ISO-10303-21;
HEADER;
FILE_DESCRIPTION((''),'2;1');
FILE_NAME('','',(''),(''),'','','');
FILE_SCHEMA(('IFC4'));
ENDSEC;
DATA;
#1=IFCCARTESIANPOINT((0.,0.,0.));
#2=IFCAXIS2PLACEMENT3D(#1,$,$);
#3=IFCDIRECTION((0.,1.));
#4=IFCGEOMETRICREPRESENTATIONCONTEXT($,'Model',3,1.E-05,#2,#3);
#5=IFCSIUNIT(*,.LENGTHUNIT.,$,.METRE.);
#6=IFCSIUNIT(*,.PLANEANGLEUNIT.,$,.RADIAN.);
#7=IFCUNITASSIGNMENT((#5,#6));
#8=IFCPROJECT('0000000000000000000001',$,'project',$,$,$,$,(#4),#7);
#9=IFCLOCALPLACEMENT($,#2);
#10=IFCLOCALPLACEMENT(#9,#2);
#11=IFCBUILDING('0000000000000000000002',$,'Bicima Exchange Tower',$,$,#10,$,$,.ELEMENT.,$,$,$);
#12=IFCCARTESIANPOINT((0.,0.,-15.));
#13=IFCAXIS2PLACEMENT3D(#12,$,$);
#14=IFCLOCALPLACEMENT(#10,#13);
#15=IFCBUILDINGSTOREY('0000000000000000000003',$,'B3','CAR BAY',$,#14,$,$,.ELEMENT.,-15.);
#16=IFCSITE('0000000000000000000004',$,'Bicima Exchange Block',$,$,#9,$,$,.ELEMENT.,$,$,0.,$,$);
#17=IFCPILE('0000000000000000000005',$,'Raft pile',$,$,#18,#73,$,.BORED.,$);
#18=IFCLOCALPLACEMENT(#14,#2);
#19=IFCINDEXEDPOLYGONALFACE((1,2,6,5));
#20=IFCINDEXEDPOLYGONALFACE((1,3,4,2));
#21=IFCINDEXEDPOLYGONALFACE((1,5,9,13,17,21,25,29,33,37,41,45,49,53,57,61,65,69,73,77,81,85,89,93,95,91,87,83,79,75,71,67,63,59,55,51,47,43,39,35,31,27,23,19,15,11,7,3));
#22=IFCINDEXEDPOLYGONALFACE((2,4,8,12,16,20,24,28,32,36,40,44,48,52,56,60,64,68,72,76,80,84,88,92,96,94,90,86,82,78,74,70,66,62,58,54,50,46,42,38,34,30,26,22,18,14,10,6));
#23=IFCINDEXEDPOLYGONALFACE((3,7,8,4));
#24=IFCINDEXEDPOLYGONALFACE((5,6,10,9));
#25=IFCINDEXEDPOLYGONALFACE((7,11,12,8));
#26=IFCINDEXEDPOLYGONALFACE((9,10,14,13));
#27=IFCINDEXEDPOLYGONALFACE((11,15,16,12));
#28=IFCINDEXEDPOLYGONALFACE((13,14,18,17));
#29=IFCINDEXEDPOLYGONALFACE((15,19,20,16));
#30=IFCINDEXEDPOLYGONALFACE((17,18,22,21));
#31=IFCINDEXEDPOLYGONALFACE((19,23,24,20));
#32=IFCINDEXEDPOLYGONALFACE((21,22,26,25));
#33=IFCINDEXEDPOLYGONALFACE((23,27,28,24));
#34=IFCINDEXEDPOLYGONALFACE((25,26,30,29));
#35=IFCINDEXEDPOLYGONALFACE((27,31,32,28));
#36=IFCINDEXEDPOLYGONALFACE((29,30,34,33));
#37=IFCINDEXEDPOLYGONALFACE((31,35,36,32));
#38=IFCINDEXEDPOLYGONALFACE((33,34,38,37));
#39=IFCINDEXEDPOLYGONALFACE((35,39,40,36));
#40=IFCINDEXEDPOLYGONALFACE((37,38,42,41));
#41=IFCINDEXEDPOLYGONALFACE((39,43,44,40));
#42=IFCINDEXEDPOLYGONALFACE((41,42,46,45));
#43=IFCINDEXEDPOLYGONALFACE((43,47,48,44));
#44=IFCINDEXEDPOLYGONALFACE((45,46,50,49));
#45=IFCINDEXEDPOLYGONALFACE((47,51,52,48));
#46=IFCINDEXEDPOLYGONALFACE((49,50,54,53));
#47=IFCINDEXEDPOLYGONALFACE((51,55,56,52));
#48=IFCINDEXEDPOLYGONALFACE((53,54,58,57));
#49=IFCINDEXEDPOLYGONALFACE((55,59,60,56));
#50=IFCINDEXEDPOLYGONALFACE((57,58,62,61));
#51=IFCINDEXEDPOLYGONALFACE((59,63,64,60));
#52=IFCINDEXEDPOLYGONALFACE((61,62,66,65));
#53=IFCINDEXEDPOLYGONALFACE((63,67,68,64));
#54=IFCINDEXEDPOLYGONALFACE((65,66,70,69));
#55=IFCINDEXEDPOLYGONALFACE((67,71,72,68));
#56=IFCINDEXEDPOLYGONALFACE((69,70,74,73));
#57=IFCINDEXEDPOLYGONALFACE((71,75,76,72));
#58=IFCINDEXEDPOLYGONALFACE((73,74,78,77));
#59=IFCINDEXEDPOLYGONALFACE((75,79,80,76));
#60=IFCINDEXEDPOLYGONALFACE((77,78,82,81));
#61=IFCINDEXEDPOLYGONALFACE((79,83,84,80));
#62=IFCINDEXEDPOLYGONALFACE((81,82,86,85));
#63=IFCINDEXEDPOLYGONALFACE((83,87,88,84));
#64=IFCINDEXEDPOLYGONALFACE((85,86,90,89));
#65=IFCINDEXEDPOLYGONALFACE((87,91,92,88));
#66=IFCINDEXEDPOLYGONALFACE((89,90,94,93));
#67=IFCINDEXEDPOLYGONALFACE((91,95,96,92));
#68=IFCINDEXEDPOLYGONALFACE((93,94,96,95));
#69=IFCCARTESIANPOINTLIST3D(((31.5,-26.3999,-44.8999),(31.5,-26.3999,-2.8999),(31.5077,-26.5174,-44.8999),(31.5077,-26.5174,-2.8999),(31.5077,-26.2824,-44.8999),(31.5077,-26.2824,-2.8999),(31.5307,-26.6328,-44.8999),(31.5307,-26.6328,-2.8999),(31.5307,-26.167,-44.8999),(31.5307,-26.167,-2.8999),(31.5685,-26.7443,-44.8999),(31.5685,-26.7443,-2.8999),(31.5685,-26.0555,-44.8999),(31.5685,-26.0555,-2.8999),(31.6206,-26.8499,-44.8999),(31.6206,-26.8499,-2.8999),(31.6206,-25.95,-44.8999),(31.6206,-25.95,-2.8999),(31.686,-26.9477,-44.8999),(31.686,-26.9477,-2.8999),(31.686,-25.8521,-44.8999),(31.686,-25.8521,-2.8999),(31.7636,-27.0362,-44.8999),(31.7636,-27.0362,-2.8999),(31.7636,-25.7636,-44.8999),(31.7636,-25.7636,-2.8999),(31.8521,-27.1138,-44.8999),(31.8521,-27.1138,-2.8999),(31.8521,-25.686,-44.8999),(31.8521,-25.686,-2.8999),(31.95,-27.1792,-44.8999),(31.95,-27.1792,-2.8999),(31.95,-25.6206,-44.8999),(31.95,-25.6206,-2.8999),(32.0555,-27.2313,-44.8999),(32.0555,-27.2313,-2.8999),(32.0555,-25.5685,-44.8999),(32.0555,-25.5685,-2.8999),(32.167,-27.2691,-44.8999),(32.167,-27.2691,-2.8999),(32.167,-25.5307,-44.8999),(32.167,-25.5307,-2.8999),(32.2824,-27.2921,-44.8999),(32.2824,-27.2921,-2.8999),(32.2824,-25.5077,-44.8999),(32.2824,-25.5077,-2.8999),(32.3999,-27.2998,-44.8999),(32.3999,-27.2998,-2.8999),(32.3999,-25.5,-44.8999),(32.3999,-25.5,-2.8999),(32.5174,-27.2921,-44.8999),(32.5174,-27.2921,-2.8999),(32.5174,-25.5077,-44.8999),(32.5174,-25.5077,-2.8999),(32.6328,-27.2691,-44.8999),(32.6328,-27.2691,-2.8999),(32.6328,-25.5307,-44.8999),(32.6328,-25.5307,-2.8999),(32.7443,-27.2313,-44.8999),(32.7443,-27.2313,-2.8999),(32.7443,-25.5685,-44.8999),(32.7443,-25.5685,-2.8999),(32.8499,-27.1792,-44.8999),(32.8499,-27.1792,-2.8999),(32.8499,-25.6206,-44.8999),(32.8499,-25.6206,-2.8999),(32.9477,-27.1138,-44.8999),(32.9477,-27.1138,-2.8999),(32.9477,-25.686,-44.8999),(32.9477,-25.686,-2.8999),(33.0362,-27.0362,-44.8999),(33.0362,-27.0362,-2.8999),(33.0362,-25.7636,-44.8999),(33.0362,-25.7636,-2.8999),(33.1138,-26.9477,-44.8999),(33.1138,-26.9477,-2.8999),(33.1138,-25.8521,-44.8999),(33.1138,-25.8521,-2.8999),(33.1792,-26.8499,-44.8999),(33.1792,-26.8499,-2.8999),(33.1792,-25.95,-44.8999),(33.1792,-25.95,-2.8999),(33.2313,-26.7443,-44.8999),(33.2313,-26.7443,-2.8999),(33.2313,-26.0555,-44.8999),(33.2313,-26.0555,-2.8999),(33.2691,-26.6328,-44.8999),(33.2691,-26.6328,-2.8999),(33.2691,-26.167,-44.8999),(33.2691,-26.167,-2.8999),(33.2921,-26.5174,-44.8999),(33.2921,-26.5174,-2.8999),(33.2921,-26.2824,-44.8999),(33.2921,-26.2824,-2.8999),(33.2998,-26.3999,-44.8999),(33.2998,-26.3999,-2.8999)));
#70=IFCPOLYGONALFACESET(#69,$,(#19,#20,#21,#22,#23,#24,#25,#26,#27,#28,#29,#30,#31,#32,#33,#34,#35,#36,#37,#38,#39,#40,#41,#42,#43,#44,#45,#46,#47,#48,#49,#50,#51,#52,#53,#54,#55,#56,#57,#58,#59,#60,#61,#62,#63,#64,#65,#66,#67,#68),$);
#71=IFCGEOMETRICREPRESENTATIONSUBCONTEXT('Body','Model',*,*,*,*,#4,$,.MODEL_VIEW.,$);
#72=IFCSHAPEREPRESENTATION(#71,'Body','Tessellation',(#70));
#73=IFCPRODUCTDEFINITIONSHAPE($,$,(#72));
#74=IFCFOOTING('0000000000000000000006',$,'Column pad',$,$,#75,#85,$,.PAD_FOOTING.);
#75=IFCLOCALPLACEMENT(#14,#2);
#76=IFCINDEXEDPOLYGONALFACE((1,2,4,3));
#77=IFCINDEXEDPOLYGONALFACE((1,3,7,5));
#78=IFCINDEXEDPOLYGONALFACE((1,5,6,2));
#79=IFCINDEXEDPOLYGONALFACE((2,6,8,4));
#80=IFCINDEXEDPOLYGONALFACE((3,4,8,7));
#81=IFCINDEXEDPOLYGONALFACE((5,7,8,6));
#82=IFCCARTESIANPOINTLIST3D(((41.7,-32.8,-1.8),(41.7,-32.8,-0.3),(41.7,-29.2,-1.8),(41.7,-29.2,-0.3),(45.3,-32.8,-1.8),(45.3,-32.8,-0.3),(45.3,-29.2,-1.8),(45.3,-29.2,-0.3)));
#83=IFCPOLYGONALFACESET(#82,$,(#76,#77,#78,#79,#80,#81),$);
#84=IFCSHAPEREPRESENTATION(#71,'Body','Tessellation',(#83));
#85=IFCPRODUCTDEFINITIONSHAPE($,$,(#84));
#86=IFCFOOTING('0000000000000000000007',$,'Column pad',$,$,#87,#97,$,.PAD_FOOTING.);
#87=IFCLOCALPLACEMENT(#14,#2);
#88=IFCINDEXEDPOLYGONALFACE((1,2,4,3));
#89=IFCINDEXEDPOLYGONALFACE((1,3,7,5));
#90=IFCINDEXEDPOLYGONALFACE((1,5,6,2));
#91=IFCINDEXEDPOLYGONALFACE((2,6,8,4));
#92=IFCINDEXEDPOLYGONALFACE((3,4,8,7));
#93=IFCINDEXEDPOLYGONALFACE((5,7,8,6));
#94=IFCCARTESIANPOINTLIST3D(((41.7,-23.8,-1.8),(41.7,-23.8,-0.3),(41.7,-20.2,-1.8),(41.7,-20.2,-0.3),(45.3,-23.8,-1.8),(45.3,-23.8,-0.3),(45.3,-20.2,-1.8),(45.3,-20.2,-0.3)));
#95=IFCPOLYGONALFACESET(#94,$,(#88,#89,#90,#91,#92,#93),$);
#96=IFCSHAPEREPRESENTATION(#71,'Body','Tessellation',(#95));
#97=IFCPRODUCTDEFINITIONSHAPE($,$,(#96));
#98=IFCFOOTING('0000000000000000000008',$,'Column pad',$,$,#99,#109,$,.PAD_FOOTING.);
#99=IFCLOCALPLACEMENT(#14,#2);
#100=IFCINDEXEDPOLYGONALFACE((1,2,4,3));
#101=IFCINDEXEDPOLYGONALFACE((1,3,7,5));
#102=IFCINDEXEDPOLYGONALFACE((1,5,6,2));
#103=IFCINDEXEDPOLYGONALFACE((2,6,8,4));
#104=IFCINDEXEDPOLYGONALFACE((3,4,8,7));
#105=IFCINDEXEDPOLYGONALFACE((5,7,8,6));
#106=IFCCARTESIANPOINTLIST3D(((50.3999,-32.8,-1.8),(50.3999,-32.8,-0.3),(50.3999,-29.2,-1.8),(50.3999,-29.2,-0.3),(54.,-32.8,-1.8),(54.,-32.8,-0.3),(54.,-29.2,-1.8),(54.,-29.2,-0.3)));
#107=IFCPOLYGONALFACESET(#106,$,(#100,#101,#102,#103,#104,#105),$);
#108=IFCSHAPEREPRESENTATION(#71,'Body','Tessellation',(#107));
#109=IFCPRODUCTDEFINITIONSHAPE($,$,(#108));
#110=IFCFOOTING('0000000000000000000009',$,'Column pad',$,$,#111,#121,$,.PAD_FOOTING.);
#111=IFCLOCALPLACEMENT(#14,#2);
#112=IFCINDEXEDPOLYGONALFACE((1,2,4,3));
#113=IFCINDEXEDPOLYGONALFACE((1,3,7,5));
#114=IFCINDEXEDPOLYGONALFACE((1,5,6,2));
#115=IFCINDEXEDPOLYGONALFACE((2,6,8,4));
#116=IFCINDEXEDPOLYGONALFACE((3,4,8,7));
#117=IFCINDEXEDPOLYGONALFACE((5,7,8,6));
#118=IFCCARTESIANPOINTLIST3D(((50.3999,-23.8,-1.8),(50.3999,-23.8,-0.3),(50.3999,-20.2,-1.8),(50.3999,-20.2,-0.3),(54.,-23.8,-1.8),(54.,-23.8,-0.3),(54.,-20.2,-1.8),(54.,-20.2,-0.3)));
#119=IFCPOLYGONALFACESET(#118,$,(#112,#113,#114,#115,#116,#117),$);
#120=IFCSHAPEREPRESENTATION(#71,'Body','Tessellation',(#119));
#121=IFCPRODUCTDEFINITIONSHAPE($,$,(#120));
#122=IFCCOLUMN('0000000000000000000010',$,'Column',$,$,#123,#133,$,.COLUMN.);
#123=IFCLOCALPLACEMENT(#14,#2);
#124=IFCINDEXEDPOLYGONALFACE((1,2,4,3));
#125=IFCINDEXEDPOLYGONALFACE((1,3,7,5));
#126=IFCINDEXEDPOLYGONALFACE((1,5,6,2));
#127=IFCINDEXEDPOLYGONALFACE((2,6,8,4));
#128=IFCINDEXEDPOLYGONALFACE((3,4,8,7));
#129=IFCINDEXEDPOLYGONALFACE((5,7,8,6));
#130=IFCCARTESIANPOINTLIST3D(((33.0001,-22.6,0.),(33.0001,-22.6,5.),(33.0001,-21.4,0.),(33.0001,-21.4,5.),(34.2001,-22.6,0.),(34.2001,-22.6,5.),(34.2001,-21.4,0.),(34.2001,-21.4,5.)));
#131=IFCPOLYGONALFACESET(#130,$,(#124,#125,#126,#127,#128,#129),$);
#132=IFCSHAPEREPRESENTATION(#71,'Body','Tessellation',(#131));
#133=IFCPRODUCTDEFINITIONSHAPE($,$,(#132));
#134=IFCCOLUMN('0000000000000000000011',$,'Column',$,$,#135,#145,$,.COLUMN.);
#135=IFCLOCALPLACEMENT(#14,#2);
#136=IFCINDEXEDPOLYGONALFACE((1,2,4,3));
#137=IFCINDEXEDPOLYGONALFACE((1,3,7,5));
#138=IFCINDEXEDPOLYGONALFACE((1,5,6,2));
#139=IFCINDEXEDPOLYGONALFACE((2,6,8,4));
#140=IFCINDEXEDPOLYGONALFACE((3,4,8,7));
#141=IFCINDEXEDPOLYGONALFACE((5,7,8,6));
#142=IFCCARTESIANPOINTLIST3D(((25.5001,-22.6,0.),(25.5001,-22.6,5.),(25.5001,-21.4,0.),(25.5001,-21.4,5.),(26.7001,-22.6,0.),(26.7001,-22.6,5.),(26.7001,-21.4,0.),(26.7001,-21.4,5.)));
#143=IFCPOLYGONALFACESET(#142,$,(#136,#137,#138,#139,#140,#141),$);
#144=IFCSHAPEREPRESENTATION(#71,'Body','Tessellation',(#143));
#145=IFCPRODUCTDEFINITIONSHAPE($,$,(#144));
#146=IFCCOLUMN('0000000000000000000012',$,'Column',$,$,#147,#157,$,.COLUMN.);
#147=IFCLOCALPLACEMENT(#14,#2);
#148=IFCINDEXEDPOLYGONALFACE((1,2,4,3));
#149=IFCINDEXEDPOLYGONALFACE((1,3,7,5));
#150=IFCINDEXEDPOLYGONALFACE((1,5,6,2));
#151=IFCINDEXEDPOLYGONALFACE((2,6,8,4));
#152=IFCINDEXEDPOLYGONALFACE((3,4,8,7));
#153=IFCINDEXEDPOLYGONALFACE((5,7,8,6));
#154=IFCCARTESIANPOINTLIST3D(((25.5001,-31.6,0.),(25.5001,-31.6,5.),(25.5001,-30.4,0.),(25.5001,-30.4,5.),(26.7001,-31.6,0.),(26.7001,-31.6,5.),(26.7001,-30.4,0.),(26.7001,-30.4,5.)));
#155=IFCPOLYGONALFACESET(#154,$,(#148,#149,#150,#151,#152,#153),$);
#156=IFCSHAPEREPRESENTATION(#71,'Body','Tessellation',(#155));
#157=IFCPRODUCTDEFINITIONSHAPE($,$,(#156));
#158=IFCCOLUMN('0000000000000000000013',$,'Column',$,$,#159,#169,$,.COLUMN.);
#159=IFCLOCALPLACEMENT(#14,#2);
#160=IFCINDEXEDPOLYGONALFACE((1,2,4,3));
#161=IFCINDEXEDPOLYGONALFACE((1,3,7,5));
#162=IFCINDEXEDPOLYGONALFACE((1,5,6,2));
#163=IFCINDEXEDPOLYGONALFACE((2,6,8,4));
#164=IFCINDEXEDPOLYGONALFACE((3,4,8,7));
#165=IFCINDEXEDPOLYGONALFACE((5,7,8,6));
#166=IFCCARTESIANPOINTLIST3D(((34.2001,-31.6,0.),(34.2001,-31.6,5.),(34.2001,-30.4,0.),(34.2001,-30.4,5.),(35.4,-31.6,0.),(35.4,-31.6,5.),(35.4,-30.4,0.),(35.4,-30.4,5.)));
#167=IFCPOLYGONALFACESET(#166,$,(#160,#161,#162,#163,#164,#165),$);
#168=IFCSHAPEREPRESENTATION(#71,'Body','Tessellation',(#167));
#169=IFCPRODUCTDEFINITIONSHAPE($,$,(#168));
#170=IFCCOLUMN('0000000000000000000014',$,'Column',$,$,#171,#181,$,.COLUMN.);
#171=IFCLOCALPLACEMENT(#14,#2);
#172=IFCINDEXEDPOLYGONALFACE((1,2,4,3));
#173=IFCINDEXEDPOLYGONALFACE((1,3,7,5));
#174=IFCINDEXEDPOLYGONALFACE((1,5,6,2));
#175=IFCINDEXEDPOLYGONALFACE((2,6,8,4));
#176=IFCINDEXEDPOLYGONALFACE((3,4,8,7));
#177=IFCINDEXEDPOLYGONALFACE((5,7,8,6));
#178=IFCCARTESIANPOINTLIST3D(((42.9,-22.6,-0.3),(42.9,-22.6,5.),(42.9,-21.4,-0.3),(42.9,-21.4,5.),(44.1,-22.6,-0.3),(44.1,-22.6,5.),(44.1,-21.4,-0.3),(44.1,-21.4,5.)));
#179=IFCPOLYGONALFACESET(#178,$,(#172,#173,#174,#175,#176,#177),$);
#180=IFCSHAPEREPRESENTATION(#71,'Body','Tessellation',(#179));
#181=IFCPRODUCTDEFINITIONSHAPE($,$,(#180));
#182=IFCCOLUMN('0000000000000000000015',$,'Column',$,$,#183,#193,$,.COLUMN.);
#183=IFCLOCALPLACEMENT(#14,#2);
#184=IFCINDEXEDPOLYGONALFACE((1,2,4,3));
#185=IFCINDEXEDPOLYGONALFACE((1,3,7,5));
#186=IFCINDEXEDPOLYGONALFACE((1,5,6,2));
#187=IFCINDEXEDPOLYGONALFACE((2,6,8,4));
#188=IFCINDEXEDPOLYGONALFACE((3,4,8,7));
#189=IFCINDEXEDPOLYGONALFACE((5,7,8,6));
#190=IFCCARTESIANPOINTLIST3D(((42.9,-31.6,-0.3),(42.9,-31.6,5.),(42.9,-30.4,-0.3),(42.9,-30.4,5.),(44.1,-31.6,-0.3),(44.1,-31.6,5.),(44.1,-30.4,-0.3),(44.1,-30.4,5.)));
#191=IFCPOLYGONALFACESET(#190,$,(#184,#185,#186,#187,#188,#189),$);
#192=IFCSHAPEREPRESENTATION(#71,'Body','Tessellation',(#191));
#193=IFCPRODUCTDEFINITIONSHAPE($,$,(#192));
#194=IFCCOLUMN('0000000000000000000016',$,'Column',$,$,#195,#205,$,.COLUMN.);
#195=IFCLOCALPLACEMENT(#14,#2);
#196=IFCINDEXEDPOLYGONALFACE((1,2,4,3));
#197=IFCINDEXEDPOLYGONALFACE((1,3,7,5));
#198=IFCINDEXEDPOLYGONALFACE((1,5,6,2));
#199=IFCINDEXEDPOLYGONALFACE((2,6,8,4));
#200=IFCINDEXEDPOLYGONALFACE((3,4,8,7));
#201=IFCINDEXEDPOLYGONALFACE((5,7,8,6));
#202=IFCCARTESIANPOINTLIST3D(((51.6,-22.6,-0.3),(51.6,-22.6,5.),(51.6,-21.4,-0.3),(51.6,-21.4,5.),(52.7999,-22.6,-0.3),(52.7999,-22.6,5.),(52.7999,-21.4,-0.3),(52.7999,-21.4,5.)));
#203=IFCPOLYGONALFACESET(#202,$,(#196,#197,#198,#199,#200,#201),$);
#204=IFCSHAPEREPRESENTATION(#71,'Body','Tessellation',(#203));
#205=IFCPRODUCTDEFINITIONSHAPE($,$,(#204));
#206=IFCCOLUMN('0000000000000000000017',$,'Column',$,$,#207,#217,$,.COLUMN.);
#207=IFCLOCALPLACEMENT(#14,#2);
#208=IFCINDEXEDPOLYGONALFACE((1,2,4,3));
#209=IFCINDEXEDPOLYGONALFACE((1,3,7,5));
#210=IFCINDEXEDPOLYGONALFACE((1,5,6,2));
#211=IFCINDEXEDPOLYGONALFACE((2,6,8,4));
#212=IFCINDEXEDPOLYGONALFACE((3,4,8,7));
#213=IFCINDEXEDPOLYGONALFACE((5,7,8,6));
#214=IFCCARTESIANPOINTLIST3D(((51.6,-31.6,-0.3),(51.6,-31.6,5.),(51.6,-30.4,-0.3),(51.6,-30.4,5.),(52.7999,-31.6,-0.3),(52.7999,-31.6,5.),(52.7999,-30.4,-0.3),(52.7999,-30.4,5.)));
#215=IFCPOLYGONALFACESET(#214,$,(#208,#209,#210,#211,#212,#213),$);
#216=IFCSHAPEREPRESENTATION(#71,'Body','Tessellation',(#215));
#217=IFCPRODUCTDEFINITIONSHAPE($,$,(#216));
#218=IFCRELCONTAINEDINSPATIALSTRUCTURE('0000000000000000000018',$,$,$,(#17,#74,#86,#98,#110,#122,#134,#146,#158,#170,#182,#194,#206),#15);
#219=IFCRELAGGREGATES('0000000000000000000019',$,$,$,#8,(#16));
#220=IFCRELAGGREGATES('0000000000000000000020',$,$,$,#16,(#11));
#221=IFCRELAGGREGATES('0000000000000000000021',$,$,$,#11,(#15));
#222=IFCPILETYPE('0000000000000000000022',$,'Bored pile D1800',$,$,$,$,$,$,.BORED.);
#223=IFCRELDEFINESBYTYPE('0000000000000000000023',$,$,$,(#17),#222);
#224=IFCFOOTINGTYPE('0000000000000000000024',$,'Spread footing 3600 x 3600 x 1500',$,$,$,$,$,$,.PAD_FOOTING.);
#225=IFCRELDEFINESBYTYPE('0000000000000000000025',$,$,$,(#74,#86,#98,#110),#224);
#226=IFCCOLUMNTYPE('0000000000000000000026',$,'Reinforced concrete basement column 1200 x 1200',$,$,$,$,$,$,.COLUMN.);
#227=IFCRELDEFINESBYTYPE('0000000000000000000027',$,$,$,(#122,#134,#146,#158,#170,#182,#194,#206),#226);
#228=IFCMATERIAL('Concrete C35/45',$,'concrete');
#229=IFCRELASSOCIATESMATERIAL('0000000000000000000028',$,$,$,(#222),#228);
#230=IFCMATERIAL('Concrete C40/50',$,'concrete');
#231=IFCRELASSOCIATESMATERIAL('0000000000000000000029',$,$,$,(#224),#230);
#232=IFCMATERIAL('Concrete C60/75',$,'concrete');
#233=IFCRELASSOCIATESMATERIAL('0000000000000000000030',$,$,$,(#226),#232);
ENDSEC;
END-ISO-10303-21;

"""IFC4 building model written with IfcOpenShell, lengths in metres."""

from ifc_helpers import new_model, si_unit, direction, frame, origin, origin_2d, place, context, subcontext, project, spatial, rectangle, circle, extrude, material, material_profile, profile_set, type_object, element, save


model = new_model("IFC4")

# Units and contexts
model_context = context("Model", 3, precision=1e-05, world=origin(), true_north=direction((0.0, 1.0)))
body_context = subcontext(model_context, "Body", "Model", "MODEL_VIEW")
ifc_project = project(units=[si_unit("LENGTHUNIT", "METRE"), si_unit("PLANEANGLEUNIT", "RADIAN")], contexts=[model_context])

# Site, building, storey
site_placement = place(None, origin())
site = spatial("IfcSite", under=ifc_project, at=site_placement, Name="Bicima Exchange Block", CompositionType="ELEMENT", RefElevation=0.0)
building_placement = place(site_placement, origin())
building = spatial("IfcBuilding", under=site, at=building_placement, Name="Bicima Exchange Tower", CompositionType="ELEMENT")
storey_placement = place(building_placement, frame((0.0, 0.0, -15.0)))
storey = spatial("IfcBuildingStorey", under=building, at=storey_placement, Name="B3", Description="CAR BAY", CompositionType="ELEMENT", Elevation=-15.0)

# Pile
ifc_material_1 = material(Name="Concrete C35/45", Category="concrete")
ifc_material_profile_1 = material_profile(ifc_material_1, circle(Radius=0.8999, at=origin_2d()))
ifc_profile_set_1 = profile_set([ifc_material_profile_1], Name="Concrete C35/45")
pile_type = type_object("IfcPileType", Name="Bored pile D1800", PredefinedType="BORED", material=ifc_profile_set_1)
for number, where, z_axis, x_axis, name in (
    (1, (32.3999, -26.3999, -2.8999), (0.0, 0.0, -1.0), (1.0, 0.0, 0.0), "Raft pile"),
):
    element("IfcPile", number, at=place(storey_placement, frame(where, z_axis=z_axis, x_axis=x_axis)), inside=storey, type_object=pile_type, Name=name, PredefinedType="BORED", context=body_context, shape_type="SweptSolid", body=[
        extrude(circle(Radius=0.8999, at=origin_2d()), origin(), (0.0, 0.0, 1.0), 42.0),
    ])

# Footings
ifc_material_2 = material(Name="Concrete C40/50", Category="concrete")
footing_type = type_object("IfcFootingType", Name="Spread footing 3600 x 3600 x 1500", PredefinedType="PAD_FOOTING", material=ifc_material_2)
for number, where, z_axis, x_axis, name in (
    (2, (43.5, -31.0, -1.8), (0.0, 0.0, 1.0), (1.0, 0.0, 0.0), "Column pad"),
    (3, (43.5, -22.0, -1.8), (0.0, 0.0, 1.0), (1.0, 0.0, 0.0), "Column pad"),
    (4, (52.2, -31.0, -1.8), (0.0, 0.0, 1.0), (1.0, 0.0, 0.0), "Column pad"),
    (5, (52.2, -22.0, -1.8), (0.0, 0.0, 1.0), (1.0, 0.0, 0.0), "Column pad"),
):
    element("IfcFooting", number, at=place(storey_placement, frame(where, z_axis=z_axis, x_axis=x_axis)), inside=storey, type_object=footing_type, Name=name, PredefinedType="PAD_FOOTING", context=body_context, shape_type="SweptSolid", body=[
        extrude(rectangle(XDim=3.6001, YDim=3.6001, at=origin_2d()), origin(), (0.0, 0.0, 1.0), 1.5),
    ])

# Columns
ifc_material_3 = material(Name="Concrete C60/75", Category="concrete")
ifc_material_profile_2 = material_profile(ifc_material_3, rectangle(XDim=1.2, YDim=1.2, at=origin_2d()))
ifc_profile_set_2 = profile_set([ifc_material_profile_2], Name="Concrete C60/75")
column_type = type_object("IfcColumnType", Name="Reinforced concrete basement column 1200 x 1200", PredefinedType="COLUMN", material=ifc_profile_set_2)
for number, where, z_axis, x_axis, name in (
    (6, (33.6001, -22.0, 0.0), (0.0, 0.0, 1.0), (1.0, 0.0, 0.0), "Column"),
    (7, (26.1001, -22.0, 0.0), (0.0, 0.0, 1.0), (1.0, 0.0, 0.0), "Column"),
    (8, (26.1001, -31.0, 0.0), (0.0, 0.0, 1.0), (1.0, 0.0, 0.0), "Column"),
    (9, (34.8, -31.0, 0.0), (0.0, 0.0, 1.0), (1.0, 0.0, 0.0), "Column"),
):
    element("IfcColumn", number, at=place(storey_placement, frame(where, z_axis=z_axis, x_axis=x_axis)), inside=storey, type_object=column_type, Name=name, PredefinedType="COLUMN", context=body_context, shape_type="SweptSolid", body=[
        extrude(rectangle(XDim=1.2, YDim=1.2, at=origin_2d()), origin(), (0.0, 0.0, 1.0), 5.0),
    ])
for number, where, z_axis, x_axis, name in (
    (10, (43.5, -22.0, -0.3), (0.0, 0.0, 1.0), (1.0, 0.0, 0.0), "Column"),
    (11, (43.5, -31.0, -0.3), (0.0, 0.0, 1.0), (1.0, 0.0, 0.0), "Column"),
    (12, (52.2, -22.0, -0.3), (0.0, 0.0, 1.0), (1.0, 0.0, 0.0), "Column"),
    (13, (52.2, -31.0, -0.3), (0.0, 0.0, 1.0), (1.0, 0.0, 0.0), "Column"),
):
    element("IfcColumn", number, at=place(storey_placement, frame(where, z_axis=z_axis, x_axis=x_axis)), inside=storey, type_object=column_type, Name=name, PredefinedType="COLUMN", context=body_context, shape_type="SweptSolid", body=[
        extrude(rectangle(XDim=1.2, YDim=1.2, at=origin_2d()), origin(), (0.0, 0.0, 1.0), 5.3),
    ])

save(model, "model.ifc")
